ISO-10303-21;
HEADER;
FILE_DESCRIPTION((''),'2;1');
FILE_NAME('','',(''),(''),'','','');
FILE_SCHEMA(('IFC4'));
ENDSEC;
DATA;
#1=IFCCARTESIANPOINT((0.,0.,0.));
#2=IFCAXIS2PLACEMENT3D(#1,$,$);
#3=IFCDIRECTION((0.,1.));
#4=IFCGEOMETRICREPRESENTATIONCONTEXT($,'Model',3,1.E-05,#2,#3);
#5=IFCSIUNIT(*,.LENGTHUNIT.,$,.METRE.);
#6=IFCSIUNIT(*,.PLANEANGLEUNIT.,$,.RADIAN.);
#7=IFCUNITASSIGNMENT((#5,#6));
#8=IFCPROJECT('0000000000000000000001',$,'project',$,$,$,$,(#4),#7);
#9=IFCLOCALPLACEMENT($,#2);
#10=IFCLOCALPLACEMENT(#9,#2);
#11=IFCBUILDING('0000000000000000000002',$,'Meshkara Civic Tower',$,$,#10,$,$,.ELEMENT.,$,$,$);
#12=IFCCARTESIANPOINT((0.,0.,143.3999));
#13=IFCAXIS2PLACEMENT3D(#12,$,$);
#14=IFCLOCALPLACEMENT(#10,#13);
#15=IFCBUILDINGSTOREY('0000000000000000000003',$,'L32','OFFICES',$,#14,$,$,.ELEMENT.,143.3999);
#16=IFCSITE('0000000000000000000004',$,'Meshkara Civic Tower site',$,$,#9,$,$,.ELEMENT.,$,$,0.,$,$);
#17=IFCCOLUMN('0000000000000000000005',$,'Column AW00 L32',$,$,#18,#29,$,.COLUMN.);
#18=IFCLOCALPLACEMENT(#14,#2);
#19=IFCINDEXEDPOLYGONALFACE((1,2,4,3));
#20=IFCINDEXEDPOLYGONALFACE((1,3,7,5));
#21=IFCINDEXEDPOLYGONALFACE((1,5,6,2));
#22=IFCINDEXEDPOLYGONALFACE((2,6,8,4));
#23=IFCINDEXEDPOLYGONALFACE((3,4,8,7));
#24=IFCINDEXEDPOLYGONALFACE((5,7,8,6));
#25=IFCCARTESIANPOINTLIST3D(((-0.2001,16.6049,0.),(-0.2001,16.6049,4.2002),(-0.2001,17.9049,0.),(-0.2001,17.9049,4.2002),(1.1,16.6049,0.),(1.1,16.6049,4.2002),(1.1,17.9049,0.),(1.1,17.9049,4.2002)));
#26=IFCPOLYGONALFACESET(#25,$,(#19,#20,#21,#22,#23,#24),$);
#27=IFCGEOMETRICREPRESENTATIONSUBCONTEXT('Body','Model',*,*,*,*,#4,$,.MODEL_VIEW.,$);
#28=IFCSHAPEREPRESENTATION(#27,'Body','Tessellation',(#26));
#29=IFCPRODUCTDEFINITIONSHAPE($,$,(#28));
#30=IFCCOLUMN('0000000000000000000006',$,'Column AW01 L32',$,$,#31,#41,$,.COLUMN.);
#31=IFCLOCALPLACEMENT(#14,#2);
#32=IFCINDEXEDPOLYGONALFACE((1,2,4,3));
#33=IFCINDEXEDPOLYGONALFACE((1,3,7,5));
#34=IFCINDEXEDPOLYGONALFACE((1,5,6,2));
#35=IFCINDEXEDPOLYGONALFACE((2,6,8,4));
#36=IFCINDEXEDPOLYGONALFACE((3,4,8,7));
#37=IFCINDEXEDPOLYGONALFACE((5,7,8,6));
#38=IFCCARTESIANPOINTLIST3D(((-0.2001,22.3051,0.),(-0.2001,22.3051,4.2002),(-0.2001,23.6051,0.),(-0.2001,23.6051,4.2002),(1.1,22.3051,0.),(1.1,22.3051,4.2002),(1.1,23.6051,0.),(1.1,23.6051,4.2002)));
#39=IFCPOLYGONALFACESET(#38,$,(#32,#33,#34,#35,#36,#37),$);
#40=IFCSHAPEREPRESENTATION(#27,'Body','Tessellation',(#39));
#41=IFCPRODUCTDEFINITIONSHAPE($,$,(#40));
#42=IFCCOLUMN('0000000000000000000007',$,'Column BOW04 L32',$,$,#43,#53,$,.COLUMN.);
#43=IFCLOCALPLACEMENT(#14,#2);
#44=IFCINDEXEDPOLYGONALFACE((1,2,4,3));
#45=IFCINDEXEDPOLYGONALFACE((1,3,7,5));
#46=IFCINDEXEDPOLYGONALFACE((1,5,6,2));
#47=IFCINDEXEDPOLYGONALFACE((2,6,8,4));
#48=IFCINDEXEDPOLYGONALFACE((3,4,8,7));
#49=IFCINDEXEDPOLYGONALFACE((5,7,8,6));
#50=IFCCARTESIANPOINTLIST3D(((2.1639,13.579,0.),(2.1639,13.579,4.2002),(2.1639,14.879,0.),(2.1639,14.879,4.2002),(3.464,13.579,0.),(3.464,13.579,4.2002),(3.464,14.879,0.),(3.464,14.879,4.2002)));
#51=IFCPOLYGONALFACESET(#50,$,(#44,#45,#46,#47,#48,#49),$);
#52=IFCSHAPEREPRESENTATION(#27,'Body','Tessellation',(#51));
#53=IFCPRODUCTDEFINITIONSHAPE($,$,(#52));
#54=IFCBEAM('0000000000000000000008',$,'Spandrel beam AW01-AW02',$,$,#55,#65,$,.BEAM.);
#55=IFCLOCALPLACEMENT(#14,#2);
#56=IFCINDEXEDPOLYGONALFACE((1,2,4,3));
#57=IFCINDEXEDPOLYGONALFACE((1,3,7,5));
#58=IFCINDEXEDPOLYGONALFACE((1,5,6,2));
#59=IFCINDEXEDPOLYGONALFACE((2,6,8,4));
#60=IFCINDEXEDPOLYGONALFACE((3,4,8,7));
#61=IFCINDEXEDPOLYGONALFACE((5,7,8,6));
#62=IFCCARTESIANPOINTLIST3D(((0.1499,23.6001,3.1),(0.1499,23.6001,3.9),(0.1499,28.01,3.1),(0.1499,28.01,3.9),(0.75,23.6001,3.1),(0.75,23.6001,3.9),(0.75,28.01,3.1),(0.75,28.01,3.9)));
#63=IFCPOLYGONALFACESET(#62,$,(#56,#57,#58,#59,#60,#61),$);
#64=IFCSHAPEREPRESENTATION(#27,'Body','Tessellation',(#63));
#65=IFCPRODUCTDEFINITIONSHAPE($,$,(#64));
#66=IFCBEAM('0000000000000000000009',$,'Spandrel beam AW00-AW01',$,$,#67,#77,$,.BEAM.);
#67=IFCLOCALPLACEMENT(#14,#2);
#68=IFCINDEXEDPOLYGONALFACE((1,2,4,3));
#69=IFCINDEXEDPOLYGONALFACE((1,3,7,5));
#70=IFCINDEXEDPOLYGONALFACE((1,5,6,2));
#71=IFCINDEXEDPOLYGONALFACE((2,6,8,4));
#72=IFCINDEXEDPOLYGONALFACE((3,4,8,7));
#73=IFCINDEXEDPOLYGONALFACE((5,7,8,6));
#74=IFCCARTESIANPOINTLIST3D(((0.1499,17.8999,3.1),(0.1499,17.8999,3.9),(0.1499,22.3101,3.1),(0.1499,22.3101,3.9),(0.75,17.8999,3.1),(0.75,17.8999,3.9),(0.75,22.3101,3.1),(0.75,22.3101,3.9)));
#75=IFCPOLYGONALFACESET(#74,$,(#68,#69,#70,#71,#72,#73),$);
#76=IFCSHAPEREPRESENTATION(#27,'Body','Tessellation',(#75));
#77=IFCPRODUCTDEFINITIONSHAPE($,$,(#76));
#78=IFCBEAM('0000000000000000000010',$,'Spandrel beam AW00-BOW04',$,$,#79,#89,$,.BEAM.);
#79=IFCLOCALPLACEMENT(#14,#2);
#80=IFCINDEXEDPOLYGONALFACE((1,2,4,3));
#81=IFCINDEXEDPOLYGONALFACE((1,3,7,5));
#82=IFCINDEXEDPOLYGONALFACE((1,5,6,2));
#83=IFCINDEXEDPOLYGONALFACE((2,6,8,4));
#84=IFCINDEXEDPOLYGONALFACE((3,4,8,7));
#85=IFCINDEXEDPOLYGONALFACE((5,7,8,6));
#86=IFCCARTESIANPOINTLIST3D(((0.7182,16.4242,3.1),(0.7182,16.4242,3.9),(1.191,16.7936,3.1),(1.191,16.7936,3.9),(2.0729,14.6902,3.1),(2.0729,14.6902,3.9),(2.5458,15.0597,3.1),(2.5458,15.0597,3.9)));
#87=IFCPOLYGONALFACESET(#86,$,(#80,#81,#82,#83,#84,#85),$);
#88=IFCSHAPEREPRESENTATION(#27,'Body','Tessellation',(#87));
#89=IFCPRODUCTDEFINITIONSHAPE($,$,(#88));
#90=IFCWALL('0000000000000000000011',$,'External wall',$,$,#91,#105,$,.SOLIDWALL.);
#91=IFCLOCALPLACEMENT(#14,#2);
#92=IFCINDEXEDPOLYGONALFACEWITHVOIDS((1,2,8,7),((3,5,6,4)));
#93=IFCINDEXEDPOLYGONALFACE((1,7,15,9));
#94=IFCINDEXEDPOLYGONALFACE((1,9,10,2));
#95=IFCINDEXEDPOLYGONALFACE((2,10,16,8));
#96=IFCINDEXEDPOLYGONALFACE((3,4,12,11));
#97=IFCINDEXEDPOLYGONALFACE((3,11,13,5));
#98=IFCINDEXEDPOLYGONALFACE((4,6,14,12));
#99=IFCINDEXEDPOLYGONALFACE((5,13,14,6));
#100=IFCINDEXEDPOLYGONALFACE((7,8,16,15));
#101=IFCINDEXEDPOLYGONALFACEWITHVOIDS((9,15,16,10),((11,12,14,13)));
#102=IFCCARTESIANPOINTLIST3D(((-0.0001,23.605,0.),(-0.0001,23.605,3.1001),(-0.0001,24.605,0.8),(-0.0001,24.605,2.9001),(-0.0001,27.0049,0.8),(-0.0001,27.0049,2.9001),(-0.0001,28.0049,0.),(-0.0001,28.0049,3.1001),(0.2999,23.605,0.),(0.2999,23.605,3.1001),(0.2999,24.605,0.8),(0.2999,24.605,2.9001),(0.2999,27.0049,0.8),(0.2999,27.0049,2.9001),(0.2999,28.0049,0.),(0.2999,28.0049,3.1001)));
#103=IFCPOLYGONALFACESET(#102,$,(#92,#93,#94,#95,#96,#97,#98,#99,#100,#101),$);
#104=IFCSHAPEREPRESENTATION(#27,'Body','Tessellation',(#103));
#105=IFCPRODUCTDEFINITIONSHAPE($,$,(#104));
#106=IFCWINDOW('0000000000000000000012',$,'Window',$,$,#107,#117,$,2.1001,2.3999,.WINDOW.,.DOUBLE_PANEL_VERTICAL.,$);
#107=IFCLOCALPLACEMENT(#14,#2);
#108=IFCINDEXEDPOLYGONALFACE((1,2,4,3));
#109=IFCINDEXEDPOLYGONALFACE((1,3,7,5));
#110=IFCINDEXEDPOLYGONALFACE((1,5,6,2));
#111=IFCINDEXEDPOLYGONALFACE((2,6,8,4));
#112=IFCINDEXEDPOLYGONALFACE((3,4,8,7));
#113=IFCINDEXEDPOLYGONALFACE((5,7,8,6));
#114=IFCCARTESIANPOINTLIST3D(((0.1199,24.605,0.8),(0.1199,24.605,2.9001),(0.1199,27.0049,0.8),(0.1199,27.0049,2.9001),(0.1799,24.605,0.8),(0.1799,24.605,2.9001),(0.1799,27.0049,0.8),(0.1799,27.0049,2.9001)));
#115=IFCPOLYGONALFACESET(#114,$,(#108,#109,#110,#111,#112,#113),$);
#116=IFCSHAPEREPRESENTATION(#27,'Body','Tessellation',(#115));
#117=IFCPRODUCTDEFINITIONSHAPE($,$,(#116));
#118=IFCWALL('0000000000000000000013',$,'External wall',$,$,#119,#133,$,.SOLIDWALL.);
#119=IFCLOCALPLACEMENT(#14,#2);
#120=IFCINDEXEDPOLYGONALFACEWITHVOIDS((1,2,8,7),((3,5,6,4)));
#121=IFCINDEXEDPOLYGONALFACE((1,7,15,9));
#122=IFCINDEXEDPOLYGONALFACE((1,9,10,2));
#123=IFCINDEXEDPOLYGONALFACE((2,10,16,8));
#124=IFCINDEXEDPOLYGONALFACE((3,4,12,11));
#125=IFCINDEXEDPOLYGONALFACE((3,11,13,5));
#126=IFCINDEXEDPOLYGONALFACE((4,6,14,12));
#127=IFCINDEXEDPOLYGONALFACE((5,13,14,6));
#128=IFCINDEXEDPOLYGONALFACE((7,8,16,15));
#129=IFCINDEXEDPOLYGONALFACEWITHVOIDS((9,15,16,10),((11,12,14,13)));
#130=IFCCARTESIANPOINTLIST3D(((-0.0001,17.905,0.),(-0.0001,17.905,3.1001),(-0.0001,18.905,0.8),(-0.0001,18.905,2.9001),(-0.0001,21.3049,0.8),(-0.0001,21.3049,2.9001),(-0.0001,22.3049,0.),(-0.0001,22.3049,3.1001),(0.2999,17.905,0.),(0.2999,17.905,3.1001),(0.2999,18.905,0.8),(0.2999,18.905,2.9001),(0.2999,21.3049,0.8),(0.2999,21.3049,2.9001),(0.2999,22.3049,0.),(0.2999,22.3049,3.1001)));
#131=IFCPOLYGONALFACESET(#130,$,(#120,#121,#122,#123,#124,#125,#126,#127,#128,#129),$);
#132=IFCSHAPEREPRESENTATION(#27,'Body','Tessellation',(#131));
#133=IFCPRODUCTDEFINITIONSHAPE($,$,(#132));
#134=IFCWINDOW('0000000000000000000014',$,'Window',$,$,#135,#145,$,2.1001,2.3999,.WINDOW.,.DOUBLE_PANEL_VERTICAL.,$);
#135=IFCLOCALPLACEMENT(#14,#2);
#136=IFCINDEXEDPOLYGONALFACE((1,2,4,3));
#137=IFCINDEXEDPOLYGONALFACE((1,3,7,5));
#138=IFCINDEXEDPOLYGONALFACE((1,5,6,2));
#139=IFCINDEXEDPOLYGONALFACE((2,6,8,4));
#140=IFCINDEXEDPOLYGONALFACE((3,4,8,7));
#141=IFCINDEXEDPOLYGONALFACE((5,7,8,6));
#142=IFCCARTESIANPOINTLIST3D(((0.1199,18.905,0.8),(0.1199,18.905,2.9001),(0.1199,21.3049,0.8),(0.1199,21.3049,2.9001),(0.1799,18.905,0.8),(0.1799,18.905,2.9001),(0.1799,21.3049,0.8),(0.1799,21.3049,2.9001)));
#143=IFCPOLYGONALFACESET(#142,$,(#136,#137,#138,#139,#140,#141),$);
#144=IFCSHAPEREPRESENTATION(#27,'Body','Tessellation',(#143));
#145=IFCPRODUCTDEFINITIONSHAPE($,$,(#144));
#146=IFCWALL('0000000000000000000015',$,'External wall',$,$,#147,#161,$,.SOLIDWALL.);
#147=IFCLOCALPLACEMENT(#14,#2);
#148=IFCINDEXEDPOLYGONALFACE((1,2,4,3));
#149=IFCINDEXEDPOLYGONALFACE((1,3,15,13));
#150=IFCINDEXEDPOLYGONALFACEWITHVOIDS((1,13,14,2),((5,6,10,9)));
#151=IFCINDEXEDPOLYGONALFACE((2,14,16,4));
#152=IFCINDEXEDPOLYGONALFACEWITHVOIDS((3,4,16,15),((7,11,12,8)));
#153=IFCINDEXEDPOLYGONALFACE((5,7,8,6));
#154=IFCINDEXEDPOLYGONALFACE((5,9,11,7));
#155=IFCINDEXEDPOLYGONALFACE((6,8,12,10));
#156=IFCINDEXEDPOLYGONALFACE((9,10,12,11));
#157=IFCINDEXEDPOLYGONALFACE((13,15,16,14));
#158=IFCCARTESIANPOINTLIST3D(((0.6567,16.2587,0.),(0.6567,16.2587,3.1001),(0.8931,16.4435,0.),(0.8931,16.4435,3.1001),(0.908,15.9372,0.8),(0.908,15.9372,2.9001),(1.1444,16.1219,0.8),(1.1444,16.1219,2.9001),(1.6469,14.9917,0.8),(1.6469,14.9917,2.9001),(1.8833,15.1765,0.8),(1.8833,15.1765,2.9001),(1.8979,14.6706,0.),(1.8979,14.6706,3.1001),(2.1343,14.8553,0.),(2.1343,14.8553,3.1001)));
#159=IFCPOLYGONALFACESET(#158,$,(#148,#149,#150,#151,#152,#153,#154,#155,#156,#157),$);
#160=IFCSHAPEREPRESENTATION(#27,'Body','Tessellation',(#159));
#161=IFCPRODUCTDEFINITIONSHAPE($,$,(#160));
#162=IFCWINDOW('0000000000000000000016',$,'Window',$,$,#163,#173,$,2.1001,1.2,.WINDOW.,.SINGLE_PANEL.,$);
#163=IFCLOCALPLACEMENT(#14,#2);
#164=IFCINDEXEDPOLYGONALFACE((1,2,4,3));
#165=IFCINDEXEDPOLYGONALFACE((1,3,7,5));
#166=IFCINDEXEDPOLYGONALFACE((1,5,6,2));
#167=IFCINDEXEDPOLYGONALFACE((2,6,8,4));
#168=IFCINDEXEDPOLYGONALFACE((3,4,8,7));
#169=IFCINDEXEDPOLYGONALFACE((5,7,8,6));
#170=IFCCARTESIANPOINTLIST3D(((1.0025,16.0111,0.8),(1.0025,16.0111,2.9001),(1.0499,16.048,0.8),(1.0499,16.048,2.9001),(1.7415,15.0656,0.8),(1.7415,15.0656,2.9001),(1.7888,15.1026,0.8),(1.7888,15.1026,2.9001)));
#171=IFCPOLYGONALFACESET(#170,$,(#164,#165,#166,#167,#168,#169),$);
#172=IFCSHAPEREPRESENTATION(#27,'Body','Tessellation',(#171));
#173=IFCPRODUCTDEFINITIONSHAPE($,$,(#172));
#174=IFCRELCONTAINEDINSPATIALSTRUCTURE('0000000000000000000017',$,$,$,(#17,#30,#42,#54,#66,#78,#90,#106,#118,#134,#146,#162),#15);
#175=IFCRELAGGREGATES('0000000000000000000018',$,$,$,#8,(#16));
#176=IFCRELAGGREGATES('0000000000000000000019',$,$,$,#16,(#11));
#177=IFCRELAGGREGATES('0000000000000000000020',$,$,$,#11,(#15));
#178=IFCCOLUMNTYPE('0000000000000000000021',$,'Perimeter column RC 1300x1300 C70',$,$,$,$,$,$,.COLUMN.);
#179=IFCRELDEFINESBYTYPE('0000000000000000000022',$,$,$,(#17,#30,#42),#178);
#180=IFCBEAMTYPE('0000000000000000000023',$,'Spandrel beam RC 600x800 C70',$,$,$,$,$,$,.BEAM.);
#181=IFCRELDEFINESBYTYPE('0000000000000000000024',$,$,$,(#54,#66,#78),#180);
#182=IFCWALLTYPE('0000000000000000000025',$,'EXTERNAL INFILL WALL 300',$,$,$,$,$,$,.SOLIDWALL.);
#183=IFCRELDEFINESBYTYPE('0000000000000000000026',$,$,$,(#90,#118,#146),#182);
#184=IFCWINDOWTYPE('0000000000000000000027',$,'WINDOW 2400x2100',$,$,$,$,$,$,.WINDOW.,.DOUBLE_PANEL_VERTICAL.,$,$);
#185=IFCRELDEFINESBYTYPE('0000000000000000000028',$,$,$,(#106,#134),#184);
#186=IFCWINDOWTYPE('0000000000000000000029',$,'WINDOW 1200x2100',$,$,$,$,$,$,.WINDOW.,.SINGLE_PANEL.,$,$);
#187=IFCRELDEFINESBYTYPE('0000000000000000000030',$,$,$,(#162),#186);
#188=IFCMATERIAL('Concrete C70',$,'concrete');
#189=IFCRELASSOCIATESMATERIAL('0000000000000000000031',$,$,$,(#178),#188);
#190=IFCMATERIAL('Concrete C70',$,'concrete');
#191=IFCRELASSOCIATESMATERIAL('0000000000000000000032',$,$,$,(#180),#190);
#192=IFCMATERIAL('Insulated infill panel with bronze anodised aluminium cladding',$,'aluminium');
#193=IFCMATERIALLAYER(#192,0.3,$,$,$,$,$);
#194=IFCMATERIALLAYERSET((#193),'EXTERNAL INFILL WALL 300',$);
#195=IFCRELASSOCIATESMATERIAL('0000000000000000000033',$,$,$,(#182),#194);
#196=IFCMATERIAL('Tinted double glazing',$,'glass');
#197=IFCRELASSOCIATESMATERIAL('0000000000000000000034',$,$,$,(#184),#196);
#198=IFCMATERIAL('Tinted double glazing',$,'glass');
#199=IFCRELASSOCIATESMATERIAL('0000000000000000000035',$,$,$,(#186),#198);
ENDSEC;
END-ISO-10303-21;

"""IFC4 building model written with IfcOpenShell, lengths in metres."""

from ifc_helpers import new_model, si_unit, direction, frame, frame_2d, origin, origin_2d, place, context, subcontext, project, spatial, rectangle, extrude, material, layer, layer_set, material_profile, profile_set, type_object, element, fill, save


model = new_model("IFC4")

# Units and contexts
model_context = context("Model", 3, precision=1e-05, world=origin(), true_north=direction((0.0, 1.0)))
body_context = subcontext(model_context, "Body", "Model", "MODEL_VIEW")
ifc_project = project(units=[si_unit("LENGTHUNIT", "METRE"), si_unit("PLANEANGLEUNIT", "RADIAN")], contexts=[model_context])

# Site, building, storey
site_placement = place(None, origin())
site = spatial("IfcSite", under=ifc_project, at=site_placement, Name="Meshkara Civic Tower site", CompositionType="ELEMENT", RefElevation=0.0)
building_placement = place(site_placement, origin())
building = spatial("IfcBuilding", under=site, at=building_placement, Name="Meshkara Civic Tower", CompositionType="ELEMENT")
storey_placement = place(building_placement, frame((0.0, 0.0, 143.3999)))
storey = spatial("IfcBuildingStorey", under=building, at=storey_placement, Name="L32", Description="OFFICES", CompositionType="ELEMENT", Elevation=143.3999)

# Columns
ifc_material_1 = material(Name="Concrete C70", Category="concrete")
ifc_material_profile_1 = material_profile(ifc_material_1, rectangle(XDim=1.3, YDim=1.3, at=origin_2d()))
ifc_profile_set_1 = profile_set([ifc_material_profile_1], Name="Concrete C70")
column_type = type_object("IfcColumnType", Name="Perimeter column RC 1300x1300 C70", PredefinedType="COLUMN", material=ifc_profile_set_1)
for number, where, z_axis, x_axis, name in (
    (1, (0.45, 17.2549, 0.0), (0.0, 0.0, 1.0), (1.0, 0.0, 0.0), "Column AW00 L32"),
    (2, (0.45, 22.9551, 0.0), (0.0, 0.0, 1.0), (1.0, 0.0, 0.0), "Column AW01 L32"),
    (3, (2.814, 14.229, 0.0), (0.0, 0.0, 1.0), (1.0, 0.0, 0.0), "Column BOW04 L32"),
):
    element("IfcColumn", number, at=place(storey_placement, frame(where, z_axis=z_axis, x_axis=x_axis)), inside=storey, type_object=column_type, Name=name, PredefinedType="COLUMN", context=body_context, shape_type="SweptSolid", body=[
        extrude(rectangle(XDim=1.3, YDim=1.3, at=origin_2d()), origin(), (0.0, 0.0, 1.0), 4.2002),
    ])

# Beams
ifc_material_2 = material(Name="Concrete C70", Category="concrete")
ifc_material_profile_2 = material_profile(ifc_material_2, rectangle(XDim=0.6001, YDim=0.8, at=origin_2d()))
ifc_profile_set_2 = profile_set([ifc_material_profile_2], Name="Concrete C70")
beam_type = type_object("IfcBeamType", Name="Spandrel beam RC 600x800 C70", PredefinedType="BEAM", material=ifc_profile_set_2)
beam_1_placement = place(storey_placement, frame((0.45, 28.01, 3.5), z_axis=(0.0, -1.0, 0.0), x_axis=(1.0, 0.0, 0.0)))
element("IfcBeam", 4, at=beam_1_placement, inside=storey, type_object=beam_type, Name="Spandrel beam AW01-AW02", PredefinedType="BEAM", context=body_context, shape_type="SweptSolid", body=[
    extrude(rectangle(XDim=0.6001, YDim=0.8, at=origin_2d()), origin(), (0.0, 0.0, 1.0), 4.4099),
])
beam_2_placement = place(storey_placement, frame((0.45, 22.3101, 3.5), z_axis=(0.0, -1.0, 0.0), x_axis=(1.0, 0.0, 0.0)))
element("IfcBeam", 5, at=beam_2_placement, inside=storey, type_object=beam_type, Name="Spandrel beam AW00-AW01", PredefinedType="BEAM", context=body_context, shape_type="SweptSolid", body=[
    extrude(rectangle(XDim=0.6001, YDim=0.8, at=origin_2d()), origin(), (0.0, 0.0, 1.0), 4.4102),
])
beam_3_placement = place(storey_placement, frame((0.9546, 16.6089, 3.5), z_axis=(0.615683, -0.787994, 0.0), x_axis=(0.787994, 0.615683, 0.0)))
element("IfcBeam", 6, at=beam_3_placement, inside=storey, type_object=beam_type, Name="Spandrel beam AW00-BOW04", PredefinedType="BEAM", context=body_context, shape_type="SweptSolid", body=[
    extrude(rectangle(XDim=0.6001, YDim=0.8, at=origin_2d()), origin(), (0.0, 0.0, 1.0), 2.2004),
])

# Walls, openings, windows
ifc_material_3 = material(Name="Insulated infill panel with bronze anodised aluminium cladding", Category="aluminium")
ifc_layer_1 = layer(ifc_material_3, 0.3)
ifc_layer_set_1 = layer_set([ifc_layer_1], Name="EXTERNAL INFILL WALL 300")
wall_type_1 = type_object("IfcWallType", Name="EXTERNAL INFILL WALL 300", PredefinedType="SOLIDWALL", material=ifc_layer_set_1)
wall_1_placement = place(storey_placement, frame((0.1499, 28.0049, 0.0), z_axis=(0.0, 0.0, 1.0), x_axis=(0.0, -1.0, 0.0)))
wall_1 = element("IfcWall", 7, at=wall_1_placement, inside=storey, type_object=wall_type_1, Name="External wall", PredefinedType="SOLIDWALL", context=body_context, shape_type="SweptSolid", body=[
    extrude(rectangle(XDim=4.3999, YDim=0.3, at=frame_2d((2.2, 0.0))), origin(), (0.0, 0.0, 1.0), 3.1001),
])
opening_1_placement = place(wall_1_placement, frame((1.0, 0.0, 0.8)))
opening_1 = element("IfcOpeningElement", 8, at=opening_1_placement, cuts=wall_1, PredefinedType="OPENING", context=body_context, shape_type="SweptSolid", body=[
    extrude(rectangle(XDim=2.3999, YDim=2.1001, at=frame_2d((1.2, 1.05))), frame((0.0, 0.1599, 0.0), z_axis=(0.0, -1.0, 0.0), x_axis=(1.0, 0.0, 0.0)), (0.0, 0.0, 1.0), 0.3201),
])
ifc_material_4 = material(Name="Tinted double glazing", Category="glass")
window_type_1 = type_object("IfcWindowType", Name="WINDOW 2400x2100", PartitioningType="DOUBLE_PANEL_VERTICAL", PredefinedType="WINDOW", material=ifc_material_4)
window_1_placement = place(opening_1_placement, origin())
window_1 = element("IfcWindow", 9, at=window_1_placement, inside=storey, type_object=window_type_1, Name="Window", OverallHeight=2.1001, OverallWidth=2.3999, PartitioningType="DOUBLE_PANEL_VERTICAL", PredefinedType="WINDOW", context=body_context, shape_type="SweptSolid", body=[
    extrude(rectangle(XDim=2.3999, YDim=2.1001, at=frame_2d((1.2, 1.05))), frame((0.0, 0.03, 0.0), z_axis=(0.0, -1.0, 0.0), x_axis=(1.0, 0.0, 0.0)), (0.0, 0.0, 1.0), 0.0601),
])
fill(opening_1, window_1)
wall_2_placement = place(storey_placement, frame((0.1499, 22.3049, 0.0), z_axis=(0.0, 0.0, 1.0), x_axis=(0.0, -1.0, 0.0)))
wall_2 = element("IfcWall", 10, at=wall_2_placement, inside=storey, type_object=wall_type_1, Name="External wall", PredefinedType="SOLIDWALL", context=body_context, shape_type="SweptSolid", body=[
    extrude(rectangle(XDim=4.3999, YDim=0.3, at=frame_2d((2.2, 0.0))), origin(), (0.0, 0.0, 1.0), 3.1001),
])
opening_2_placement = place(wall_2_placement, frame((1.0, 0.0, 0.8)))
opening_2 = element("IfcOpeningElement", 11, at=opening_2_placement, cuts=wall_2, PredefinedType="OPENING", context=body_context, shape_type="SweptSolid", body=[
    extrude(rectangle(XDim=2.3999, YDim=2.1001, at=frame_2d((1.2, 1.05))), frame((0.0, 0.1599, 0.0), z_axis=(0.0, -1.0, 0.0), x_axis=(1.0, 0.0, 0.0)), (0.0, 0.0, 1.0), 0.3201),
])
window_2_placement = place(opening_2_placement, origin())
window_2 = element("IfcWindow", 12, at=window_2_placement, inside=storey, type_object=window_type_1, Name="Window", OverallHeight=2.1001, OverallWidth=2.3999, PartitioningType="DOUBLE_PANEL_VERTICAL", PredefinedType="WINDOW", context=body_context, shape_type="SweptSolid", body=[
    extrude(rectangle(XDim=2.3999, YDim=2.1001, at=frame_2d((1.2, 1.05))), frame((0.0, 0.03, 0.0), z_axis=(0.0, -1.0, 0.0), x_axis=(1.0, 0.0, 0.0)), (0.0, 0.0, 1.0), 0.0601),
])
fill(opening_2, window_2)
wall_3_placement = place(storey_placement, frame((0.7749, 16.3511, 0.0), z_axis=(0.0, 0.0, 1.0), x_axis=(0.615792, -0.787909, 0.0)))
wall_3 = element("IfcWall", 13, at=wall_3_placement, inside=storey, type_object=wall_type_1, Name="External wall", PredefinedType="SOLIDWALL", context=body_context, shape_type="SweptSolid", body=[
    extrude(rectangle(XDim=2.0156, YDim=0.3, at=frame_2d((1.0078, 0.0))), origin(), (0.0, 0.0, 1.0), 3.1001),
])
opening_3_placement = place(wall_3_placement, frame((0.408, 0.0, 0.8)))
opening_3 = element("IfcOpeningElement", 14, at=opening_3_placement, cuts=wall_3, PredefinedType="OPENING", context=body_context, shape_type="SweptSolid", body=[
    extrude(rectangle(XDim=1.2, YDim=2.1001, at=frame_2d((0.6001, 1.05))), frame((0.0, 0.1599, 0.0), z_axis=(0.0, -1.0, 0.0), x_axis=(1.0, 0.0, 0.0)), (0.0, 0.0, 1.0), 0.3201),
])
ifc_material_5 = material(Name="Tinted double glazing", Category="glass")
window_type_2 = type_object("IfcWindowType", Name="WINDOW 1200x2100", PartitioningType="SINGLE_PANEL", PredefinedType="WINDOW", material=ifc_material_5)
window_3_placement = place(opening_3_placement, origin())
window_3 = element("IfcWindow", 15, at=window_3_placement, inside=storey, type_object=window_type_2, Name="Window", OverallHeight=2.1001, OverallWidth=1.2, PartitioningType="SINGLE_PANEL", PredefinedType="WINDOW", context=body_context, shape_type="SweptSolid", body=[
    extrude(rectangle(XDim=1.2, YDim=2.1001, at=frame_2d((0.6001, 1.05))), frame((0.0, 0.03, 0.0), z_axis=(0.0, -1.0, 0.0), x_axis=(1.0, 0.0, 0.0)), (0.0, 0.0, 1.0), 0.0601),
])
fill(opening_3, window_3)

save(model, "model.ifc")
